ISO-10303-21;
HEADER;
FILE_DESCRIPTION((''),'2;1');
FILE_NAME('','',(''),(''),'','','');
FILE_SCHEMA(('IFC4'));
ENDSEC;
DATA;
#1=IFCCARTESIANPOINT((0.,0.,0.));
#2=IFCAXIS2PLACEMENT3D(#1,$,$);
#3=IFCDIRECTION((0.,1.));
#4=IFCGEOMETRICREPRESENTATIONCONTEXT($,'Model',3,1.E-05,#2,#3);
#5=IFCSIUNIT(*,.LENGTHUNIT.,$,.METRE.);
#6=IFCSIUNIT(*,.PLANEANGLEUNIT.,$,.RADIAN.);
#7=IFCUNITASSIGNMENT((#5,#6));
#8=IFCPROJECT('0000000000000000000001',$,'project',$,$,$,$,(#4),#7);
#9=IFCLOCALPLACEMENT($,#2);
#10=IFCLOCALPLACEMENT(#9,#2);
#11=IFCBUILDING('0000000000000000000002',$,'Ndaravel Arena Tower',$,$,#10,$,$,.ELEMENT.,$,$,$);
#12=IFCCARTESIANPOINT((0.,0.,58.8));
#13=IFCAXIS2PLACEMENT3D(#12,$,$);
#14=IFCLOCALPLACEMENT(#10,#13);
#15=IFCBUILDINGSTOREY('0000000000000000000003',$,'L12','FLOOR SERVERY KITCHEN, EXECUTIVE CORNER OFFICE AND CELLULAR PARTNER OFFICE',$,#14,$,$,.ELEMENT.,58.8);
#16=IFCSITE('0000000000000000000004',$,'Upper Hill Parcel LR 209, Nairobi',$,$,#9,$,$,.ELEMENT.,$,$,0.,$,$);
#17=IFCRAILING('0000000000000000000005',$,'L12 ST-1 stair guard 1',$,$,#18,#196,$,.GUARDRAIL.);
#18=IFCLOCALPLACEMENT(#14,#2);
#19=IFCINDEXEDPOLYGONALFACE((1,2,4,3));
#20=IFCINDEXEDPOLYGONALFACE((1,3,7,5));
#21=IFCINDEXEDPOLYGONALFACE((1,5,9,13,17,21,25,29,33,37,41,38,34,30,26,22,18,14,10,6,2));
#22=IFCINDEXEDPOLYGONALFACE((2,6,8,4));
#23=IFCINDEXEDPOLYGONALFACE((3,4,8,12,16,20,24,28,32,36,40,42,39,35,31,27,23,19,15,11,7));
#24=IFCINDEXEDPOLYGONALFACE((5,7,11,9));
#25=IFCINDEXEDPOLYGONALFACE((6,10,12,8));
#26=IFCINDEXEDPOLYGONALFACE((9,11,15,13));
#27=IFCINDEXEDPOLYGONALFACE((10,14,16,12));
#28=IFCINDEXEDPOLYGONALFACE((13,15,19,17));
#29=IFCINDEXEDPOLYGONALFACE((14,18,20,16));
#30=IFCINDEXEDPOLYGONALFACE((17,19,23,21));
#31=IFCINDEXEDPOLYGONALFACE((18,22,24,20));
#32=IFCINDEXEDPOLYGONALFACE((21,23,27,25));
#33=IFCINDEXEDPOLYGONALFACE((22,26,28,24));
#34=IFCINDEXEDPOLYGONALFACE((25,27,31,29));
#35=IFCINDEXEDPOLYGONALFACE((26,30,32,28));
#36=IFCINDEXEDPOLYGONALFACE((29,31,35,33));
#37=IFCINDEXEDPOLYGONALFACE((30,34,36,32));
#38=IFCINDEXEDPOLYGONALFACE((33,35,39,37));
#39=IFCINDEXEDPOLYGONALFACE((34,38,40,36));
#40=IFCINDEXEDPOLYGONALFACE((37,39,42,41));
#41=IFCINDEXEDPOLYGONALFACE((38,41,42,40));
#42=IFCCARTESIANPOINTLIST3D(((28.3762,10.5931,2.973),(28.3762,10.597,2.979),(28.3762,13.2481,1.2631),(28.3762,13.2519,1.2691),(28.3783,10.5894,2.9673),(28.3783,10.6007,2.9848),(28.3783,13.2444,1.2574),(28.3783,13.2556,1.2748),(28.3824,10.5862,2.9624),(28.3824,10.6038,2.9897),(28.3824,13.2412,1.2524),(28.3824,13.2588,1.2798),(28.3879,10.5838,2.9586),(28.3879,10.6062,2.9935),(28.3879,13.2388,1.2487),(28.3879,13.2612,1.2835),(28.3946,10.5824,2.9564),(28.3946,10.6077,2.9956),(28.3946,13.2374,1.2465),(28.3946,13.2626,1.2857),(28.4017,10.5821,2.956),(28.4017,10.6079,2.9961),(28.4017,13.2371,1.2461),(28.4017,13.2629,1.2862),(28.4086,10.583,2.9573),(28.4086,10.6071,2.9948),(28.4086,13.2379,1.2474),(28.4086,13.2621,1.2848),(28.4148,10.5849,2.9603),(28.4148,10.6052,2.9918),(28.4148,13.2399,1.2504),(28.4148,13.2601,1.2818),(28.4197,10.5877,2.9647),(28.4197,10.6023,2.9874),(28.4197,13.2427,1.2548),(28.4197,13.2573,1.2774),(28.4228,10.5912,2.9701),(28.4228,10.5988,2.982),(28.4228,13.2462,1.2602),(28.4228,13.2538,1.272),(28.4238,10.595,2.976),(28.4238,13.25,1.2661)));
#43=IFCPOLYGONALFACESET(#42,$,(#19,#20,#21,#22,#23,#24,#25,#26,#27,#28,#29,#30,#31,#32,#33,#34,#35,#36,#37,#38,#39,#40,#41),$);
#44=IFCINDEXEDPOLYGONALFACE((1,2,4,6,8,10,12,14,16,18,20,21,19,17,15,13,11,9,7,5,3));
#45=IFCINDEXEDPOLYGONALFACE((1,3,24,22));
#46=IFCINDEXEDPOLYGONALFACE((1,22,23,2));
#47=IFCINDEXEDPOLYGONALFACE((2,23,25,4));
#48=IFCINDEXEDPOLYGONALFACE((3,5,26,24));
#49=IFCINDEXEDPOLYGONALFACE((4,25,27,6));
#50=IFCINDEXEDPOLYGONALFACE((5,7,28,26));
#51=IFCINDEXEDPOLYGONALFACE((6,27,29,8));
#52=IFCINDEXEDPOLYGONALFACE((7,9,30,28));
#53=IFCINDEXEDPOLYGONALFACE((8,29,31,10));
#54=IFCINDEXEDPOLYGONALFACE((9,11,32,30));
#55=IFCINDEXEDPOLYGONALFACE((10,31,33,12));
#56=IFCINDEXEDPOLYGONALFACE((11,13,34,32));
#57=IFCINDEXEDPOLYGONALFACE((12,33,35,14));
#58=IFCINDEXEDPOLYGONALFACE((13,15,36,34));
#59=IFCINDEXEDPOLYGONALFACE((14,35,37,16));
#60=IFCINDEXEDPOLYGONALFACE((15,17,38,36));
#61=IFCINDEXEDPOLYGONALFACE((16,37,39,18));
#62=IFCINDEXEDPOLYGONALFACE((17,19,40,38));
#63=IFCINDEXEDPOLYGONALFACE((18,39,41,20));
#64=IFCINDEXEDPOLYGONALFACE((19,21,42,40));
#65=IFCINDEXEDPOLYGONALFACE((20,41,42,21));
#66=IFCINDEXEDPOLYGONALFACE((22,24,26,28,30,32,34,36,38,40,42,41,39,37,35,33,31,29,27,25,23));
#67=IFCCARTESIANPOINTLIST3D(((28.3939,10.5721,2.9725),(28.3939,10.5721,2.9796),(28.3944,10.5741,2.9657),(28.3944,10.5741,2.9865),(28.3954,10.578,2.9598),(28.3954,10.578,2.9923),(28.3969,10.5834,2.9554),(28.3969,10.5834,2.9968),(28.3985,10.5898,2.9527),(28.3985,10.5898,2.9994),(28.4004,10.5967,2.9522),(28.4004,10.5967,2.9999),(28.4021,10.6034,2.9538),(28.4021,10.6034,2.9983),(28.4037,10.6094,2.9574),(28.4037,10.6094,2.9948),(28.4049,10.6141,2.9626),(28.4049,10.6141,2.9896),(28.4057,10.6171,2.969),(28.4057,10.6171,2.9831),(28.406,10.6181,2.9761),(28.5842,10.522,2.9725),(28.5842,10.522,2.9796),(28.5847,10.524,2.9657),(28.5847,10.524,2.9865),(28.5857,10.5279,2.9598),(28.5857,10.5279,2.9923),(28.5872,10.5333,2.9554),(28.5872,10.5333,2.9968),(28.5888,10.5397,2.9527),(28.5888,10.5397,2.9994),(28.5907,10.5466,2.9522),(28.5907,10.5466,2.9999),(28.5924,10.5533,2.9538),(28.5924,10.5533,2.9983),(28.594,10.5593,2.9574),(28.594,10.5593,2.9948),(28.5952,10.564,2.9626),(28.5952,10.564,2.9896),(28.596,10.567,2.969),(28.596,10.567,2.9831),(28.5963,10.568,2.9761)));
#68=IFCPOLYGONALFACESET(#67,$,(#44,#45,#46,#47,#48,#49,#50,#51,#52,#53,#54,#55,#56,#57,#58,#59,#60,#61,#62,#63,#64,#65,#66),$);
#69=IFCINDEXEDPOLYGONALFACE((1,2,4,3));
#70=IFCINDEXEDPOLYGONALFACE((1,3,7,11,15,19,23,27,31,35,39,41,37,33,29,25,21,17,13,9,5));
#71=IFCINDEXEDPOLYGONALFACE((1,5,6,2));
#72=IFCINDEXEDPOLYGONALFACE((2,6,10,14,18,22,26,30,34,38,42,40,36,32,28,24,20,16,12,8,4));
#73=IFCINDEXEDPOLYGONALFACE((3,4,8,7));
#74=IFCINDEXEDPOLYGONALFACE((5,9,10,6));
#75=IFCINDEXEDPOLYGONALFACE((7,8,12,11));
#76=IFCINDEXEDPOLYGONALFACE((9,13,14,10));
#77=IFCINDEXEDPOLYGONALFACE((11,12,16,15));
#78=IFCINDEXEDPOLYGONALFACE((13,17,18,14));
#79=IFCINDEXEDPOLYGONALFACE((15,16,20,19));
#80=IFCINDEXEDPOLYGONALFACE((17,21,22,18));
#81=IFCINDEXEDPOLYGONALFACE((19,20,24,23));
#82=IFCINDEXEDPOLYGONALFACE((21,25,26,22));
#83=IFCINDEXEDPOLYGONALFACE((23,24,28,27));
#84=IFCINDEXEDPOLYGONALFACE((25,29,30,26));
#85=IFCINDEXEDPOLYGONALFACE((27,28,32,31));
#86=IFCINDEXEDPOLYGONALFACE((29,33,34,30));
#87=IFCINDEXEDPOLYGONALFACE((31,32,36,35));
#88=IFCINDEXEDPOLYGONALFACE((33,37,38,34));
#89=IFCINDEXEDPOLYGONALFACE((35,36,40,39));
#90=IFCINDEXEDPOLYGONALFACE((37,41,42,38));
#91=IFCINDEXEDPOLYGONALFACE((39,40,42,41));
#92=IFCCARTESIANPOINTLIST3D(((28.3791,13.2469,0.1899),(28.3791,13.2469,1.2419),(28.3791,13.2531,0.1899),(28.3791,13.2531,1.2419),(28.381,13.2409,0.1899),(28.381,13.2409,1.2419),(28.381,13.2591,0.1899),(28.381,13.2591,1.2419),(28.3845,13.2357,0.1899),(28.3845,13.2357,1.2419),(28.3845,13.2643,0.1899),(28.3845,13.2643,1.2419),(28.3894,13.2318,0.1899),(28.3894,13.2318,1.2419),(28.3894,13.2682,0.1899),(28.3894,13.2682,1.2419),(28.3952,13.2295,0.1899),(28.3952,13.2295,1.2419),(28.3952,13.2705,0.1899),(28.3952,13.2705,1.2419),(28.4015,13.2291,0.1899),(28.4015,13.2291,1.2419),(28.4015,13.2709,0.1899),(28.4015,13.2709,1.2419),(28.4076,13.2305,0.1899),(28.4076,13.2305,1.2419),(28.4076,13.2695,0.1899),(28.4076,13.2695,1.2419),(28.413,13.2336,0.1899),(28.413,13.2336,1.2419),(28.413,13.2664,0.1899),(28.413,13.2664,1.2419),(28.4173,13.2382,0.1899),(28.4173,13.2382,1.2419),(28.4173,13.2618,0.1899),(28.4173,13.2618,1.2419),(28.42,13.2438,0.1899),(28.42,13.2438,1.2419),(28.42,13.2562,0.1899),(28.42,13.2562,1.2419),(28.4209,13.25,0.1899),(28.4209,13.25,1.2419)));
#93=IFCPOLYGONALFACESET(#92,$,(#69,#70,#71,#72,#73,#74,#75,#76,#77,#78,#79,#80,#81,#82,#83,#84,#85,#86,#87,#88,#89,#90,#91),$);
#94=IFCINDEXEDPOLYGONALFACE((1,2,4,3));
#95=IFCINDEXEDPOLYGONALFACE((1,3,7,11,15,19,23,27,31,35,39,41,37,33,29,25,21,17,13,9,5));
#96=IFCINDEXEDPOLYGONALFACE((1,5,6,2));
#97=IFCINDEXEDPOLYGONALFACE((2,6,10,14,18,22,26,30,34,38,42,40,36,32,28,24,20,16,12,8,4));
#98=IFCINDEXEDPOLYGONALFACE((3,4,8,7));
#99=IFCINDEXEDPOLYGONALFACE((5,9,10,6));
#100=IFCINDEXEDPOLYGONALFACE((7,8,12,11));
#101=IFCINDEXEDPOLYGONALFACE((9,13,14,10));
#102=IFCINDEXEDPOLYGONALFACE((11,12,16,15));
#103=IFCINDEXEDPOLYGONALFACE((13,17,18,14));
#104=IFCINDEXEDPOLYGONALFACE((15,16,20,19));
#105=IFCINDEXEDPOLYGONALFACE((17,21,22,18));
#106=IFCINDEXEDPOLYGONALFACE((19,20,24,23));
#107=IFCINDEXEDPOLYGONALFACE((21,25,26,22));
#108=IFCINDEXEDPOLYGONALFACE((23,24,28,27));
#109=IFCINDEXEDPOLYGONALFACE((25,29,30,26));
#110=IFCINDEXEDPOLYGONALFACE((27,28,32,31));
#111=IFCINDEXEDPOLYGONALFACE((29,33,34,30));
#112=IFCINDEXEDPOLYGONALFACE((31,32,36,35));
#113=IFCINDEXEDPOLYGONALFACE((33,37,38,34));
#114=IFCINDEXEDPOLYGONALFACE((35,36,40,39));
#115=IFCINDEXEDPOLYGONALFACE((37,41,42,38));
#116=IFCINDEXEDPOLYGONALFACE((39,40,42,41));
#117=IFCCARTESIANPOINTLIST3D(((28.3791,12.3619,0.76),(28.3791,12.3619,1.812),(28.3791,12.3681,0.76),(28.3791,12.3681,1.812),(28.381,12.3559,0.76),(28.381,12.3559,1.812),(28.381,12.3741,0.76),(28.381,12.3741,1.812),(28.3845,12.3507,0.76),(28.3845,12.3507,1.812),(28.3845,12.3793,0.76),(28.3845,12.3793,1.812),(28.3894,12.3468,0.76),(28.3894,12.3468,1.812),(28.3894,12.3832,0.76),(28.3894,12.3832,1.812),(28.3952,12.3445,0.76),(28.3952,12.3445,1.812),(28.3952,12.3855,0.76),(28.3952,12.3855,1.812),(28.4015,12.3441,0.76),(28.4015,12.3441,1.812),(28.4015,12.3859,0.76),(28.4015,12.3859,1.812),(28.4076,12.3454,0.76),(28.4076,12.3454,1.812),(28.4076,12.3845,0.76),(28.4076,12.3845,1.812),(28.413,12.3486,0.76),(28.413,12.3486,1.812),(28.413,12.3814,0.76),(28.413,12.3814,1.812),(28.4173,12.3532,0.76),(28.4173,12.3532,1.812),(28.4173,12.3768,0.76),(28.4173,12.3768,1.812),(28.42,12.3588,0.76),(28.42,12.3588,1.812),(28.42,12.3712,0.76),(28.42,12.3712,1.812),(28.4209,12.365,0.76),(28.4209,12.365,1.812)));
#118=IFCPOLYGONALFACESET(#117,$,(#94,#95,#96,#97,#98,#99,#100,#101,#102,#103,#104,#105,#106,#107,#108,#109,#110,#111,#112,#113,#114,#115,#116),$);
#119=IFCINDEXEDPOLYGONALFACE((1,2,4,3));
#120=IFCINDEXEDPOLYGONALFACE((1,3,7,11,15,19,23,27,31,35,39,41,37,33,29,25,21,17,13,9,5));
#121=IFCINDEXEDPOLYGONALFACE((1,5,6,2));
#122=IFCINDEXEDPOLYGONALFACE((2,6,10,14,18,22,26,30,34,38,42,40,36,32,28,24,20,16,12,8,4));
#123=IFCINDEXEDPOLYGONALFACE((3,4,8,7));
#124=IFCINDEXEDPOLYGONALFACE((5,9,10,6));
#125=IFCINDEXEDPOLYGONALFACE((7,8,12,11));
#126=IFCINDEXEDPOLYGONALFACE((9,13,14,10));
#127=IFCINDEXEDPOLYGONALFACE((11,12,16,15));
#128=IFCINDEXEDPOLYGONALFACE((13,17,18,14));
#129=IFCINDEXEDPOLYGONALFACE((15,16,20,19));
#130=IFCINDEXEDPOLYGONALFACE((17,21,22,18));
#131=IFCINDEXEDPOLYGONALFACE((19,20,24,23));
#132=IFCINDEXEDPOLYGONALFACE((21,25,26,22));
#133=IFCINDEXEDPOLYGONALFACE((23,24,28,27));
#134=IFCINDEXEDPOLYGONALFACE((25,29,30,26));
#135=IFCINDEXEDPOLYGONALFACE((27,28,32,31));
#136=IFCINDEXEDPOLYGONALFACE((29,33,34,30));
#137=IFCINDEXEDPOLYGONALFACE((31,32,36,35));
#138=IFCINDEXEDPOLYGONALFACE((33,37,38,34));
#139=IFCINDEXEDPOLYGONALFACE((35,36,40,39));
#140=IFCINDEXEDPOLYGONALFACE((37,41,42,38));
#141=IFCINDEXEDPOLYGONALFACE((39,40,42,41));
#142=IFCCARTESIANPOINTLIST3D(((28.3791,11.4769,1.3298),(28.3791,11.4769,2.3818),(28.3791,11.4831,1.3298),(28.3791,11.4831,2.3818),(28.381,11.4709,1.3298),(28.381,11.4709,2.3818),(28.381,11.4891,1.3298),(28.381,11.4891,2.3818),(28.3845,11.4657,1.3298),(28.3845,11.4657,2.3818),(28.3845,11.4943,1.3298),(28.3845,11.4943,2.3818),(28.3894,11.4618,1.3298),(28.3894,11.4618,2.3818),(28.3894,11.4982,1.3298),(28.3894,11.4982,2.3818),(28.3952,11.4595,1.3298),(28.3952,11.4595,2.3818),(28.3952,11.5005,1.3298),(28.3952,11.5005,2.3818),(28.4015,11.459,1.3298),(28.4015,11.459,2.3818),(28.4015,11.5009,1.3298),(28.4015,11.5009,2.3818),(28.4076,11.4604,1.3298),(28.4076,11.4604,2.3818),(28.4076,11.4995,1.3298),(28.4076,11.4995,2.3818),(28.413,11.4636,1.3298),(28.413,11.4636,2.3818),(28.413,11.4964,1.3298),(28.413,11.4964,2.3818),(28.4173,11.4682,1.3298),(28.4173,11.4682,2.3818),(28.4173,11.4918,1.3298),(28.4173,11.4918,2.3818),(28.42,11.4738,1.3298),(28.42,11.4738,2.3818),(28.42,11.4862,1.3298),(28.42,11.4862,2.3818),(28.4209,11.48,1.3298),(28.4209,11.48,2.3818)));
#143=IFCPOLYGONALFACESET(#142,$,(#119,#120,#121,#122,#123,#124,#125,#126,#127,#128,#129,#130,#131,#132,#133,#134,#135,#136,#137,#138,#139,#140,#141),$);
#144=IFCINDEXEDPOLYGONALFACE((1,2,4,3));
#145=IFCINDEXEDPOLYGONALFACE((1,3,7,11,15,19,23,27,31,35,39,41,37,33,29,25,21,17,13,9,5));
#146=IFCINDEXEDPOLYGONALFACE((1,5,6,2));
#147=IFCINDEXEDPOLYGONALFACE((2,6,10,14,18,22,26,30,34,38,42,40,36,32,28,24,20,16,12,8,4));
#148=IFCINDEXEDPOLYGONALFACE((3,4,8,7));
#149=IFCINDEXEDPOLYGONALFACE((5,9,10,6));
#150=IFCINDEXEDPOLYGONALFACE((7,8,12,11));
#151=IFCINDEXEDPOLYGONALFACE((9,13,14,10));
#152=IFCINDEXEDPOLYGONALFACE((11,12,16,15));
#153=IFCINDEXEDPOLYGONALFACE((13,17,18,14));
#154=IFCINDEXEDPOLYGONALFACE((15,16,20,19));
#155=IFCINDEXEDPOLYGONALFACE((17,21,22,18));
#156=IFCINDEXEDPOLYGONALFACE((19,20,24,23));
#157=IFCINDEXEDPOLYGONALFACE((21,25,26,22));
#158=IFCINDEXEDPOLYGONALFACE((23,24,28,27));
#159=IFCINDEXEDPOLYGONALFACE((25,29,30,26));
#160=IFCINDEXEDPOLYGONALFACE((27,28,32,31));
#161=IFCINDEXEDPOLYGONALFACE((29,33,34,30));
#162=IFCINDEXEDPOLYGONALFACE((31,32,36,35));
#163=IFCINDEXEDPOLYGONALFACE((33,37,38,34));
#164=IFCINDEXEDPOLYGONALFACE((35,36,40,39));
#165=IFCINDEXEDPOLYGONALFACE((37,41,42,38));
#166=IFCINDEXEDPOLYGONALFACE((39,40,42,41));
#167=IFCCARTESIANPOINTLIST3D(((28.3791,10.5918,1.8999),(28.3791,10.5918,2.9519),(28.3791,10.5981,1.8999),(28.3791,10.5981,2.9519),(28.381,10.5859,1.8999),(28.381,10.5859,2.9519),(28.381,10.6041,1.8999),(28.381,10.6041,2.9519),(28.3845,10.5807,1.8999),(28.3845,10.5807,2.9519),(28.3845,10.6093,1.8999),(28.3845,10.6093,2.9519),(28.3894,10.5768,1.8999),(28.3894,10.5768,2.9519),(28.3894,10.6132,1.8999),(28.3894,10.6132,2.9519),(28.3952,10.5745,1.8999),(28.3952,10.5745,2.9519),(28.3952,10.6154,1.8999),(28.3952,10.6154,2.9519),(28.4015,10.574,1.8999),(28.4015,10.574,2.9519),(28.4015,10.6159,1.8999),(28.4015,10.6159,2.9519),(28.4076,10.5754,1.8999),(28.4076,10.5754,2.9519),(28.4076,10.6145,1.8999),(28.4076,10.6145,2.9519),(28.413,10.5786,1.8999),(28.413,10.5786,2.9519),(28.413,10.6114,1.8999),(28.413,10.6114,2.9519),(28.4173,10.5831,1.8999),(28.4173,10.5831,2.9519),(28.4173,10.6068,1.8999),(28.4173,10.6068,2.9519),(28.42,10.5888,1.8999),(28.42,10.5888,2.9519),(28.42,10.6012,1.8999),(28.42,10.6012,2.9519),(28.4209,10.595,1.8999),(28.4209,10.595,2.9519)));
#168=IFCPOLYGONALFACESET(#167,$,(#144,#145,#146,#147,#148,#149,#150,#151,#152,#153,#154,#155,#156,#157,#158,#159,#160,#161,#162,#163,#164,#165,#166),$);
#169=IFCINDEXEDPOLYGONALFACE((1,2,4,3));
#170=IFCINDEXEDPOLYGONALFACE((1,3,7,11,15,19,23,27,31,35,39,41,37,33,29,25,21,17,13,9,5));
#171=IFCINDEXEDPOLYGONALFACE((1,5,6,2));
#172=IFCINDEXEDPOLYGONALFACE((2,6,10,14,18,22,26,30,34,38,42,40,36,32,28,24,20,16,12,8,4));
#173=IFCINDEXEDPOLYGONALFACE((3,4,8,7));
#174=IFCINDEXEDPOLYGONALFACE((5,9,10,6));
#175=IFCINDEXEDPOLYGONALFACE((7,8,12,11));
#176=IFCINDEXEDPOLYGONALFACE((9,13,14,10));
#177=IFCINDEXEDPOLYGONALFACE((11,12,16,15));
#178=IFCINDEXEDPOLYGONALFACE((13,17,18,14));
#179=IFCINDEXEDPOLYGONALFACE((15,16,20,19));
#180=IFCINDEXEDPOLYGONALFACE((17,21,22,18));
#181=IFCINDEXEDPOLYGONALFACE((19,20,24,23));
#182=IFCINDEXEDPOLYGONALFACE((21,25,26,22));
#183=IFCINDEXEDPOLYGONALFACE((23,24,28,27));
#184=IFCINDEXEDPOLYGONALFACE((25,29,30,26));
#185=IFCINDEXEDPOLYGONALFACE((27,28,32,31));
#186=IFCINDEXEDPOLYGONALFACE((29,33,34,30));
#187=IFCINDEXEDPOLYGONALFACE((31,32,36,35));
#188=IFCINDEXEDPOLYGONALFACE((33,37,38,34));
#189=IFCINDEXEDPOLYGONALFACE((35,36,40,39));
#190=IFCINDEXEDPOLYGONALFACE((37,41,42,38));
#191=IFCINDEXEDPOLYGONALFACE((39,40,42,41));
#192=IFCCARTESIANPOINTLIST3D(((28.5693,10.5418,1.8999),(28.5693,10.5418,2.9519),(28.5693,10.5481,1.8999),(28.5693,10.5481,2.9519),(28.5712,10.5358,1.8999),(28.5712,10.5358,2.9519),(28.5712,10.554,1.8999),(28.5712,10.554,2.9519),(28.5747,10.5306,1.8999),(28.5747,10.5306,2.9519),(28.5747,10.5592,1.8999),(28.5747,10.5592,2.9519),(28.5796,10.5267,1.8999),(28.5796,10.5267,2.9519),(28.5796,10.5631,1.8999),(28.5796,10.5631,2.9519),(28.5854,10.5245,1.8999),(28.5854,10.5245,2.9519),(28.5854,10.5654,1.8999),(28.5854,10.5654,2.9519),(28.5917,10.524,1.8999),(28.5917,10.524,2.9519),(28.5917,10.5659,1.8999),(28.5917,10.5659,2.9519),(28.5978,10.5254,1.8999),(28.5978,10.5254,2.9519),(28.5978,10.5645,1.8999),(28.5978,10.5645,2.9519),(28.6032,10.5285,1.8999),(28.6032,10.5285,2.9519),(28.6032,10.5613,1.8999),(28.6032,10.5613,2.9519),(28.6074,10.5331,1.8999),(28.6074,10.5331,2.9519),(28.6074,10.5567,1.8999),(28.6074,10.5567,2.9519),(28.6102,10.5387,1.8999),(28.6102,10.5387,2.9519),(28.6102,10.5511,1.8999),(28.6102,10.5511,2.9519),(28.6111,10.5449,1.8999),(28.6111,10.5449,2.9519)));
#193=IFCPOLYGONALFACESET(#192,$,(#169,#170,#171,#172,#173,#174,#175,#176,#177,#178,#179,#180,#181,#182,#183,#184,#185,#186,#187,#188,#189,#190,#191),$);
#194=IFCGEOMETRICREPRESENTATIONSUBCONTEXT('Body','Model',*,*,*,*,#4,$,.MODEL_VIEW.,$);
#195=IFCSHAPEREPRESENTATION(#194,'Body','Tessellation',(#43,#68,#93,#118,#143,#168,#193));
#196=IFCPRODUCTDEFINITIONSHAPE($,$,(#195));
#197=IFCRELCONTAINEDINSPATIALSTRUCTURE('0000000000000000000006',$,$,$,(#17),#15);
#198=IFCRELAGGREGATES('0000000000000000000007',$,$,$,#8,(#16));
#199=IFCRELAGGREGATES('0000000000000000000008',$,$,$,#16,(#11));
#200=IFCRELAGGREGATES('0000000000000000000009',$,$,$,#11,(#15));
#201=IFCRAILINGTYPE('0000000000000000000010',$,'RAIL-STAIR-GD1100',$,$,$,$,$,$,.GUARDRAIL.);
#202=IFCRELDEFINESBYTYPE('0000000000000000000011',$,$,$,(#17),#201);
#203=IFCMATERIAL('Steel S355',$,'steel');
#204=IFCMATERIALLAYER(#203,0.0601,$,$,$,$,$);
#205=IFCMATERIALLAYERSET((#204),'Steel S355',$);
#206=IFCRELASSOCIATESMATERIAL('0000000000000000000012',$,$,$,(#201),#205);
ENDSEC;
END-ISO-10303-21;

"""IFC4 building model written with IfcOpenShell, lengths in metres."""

from ifc_helpers import new_model, si_unit, direction, frame, origin, origin_2d, place, context, subcontext, project, spatial, circle, extrude, material, layer, layer_set, type_object, element, save


model = new_model("IFC4")

# Units and contexts
model_context = context("Model", 3, precision=1e-05, world=origin(), true_north=direction((0.0, 1.0)))
body_context = subcontext(model_context, "Body", "Model", "MODEL_VIEW")
ifc_project = project(units=[si_unit("LENGTHUNIT", "METRE"), si_unit("PLANEANGLEUNIT", "RADIAN")], contexts=[model_context])

# Site, building, storey
site_placement = place(None, origin())
site = spatial("IfcSite", under=ifc_project, at=site_placement, Name="Upper Hill Parcel LR 209, Nairobi", CompositionType="ELEMENT", RefElevation=0.0)
building_placement = place(site_placement, origin())
building = spatial("IfcBuilding", under=site, at=building_placement, Name="Ndaravel Arena Tower", CompositionType="ELEMENT")
storey_placement = place(building_placement, frame((0.0, 0.0, 58.8)))
storey = spatial("IfcBuildingStorey", under=building, at=storey_placement, Name="L12", Description="FLOOR SERVERY KITCHEN, EXECUTIVE CORNER OFFICE AND CELLULAR PARTNER OFFICE", CompositionType="ELEMENT", Elevation=58.8)

# Railing
ifc_material_1 = material(Name="Steel S355", Category="steel")
ifc_layer_1 = layer(ifc_material_1, 0.0601)
ifc_layer_set_1 = layer_set([ifc_layer_1], Name="Steel S355")
railing_type_1 = type_object("IfcRailingType", Name="RAIL-STAIR-GD1100", PredefinedType="GUARDRAIL", material=ifc_layer_set_1)
railing_1_placement = place(storey_placement, frame((28.3999, 13.25, 0.1899)))
element("IfcRailing", 1, at=railing_1_placement, inside=storey, type_object=railing_type_1, Name="L12 ST-1 stair guard 1", PredefinedType="GUARDRAIL", context=body_context, shape_type="SweptSolid", body=[
    extrude(circle(Radius=0.0239, at=origin_2d()), frame((0.0, 0.0, 1.0762), z_axis=(0.0, -0.840724, 0.541465), x_axis=(1.0, 0.0, 0.0)), (0.0, 0.0, 1.0), 3.158),
    extrude(circle(Radius=0.0239, at=origin_2d()), frame((0.0, -2.655, 2.7861), z_axis=(0.967075, -0.254493, 0.0), x_axis=(0.254493, 0.967075, 0.0)), (0.0, 0.0, 1.0), 0.1968),
    extrude(circle(Radius=0.021, at=origin_2d()), origin(), (0.0, 0.0, 1.0), 1.052),
    extrude(circle(Radius=0.021, at=origin_2d()), frame((0.0, -0.885, 0.5701)), (0.0, 0.0, 1.0), 1.052),
    extrude(circle(Radius=0.021, at=origin_2d()), frame((0.0, -1.77, 1.1399)), (0.0, 0.0, 1.0), 1.052),
    extrude(circle(Radius=0.021, at=origin_2d()), frame((0.0, -2.655, 1.71)), (0.0, 0.0, 1.0), 1.052),
    extrude(circle(Radius=0.021, at=origin_2d()), frame((0.1902, -2.7051, 1.71)), (0.0, 0.0, 1.0), 1.052),
])

save(model, "model.ifc")
